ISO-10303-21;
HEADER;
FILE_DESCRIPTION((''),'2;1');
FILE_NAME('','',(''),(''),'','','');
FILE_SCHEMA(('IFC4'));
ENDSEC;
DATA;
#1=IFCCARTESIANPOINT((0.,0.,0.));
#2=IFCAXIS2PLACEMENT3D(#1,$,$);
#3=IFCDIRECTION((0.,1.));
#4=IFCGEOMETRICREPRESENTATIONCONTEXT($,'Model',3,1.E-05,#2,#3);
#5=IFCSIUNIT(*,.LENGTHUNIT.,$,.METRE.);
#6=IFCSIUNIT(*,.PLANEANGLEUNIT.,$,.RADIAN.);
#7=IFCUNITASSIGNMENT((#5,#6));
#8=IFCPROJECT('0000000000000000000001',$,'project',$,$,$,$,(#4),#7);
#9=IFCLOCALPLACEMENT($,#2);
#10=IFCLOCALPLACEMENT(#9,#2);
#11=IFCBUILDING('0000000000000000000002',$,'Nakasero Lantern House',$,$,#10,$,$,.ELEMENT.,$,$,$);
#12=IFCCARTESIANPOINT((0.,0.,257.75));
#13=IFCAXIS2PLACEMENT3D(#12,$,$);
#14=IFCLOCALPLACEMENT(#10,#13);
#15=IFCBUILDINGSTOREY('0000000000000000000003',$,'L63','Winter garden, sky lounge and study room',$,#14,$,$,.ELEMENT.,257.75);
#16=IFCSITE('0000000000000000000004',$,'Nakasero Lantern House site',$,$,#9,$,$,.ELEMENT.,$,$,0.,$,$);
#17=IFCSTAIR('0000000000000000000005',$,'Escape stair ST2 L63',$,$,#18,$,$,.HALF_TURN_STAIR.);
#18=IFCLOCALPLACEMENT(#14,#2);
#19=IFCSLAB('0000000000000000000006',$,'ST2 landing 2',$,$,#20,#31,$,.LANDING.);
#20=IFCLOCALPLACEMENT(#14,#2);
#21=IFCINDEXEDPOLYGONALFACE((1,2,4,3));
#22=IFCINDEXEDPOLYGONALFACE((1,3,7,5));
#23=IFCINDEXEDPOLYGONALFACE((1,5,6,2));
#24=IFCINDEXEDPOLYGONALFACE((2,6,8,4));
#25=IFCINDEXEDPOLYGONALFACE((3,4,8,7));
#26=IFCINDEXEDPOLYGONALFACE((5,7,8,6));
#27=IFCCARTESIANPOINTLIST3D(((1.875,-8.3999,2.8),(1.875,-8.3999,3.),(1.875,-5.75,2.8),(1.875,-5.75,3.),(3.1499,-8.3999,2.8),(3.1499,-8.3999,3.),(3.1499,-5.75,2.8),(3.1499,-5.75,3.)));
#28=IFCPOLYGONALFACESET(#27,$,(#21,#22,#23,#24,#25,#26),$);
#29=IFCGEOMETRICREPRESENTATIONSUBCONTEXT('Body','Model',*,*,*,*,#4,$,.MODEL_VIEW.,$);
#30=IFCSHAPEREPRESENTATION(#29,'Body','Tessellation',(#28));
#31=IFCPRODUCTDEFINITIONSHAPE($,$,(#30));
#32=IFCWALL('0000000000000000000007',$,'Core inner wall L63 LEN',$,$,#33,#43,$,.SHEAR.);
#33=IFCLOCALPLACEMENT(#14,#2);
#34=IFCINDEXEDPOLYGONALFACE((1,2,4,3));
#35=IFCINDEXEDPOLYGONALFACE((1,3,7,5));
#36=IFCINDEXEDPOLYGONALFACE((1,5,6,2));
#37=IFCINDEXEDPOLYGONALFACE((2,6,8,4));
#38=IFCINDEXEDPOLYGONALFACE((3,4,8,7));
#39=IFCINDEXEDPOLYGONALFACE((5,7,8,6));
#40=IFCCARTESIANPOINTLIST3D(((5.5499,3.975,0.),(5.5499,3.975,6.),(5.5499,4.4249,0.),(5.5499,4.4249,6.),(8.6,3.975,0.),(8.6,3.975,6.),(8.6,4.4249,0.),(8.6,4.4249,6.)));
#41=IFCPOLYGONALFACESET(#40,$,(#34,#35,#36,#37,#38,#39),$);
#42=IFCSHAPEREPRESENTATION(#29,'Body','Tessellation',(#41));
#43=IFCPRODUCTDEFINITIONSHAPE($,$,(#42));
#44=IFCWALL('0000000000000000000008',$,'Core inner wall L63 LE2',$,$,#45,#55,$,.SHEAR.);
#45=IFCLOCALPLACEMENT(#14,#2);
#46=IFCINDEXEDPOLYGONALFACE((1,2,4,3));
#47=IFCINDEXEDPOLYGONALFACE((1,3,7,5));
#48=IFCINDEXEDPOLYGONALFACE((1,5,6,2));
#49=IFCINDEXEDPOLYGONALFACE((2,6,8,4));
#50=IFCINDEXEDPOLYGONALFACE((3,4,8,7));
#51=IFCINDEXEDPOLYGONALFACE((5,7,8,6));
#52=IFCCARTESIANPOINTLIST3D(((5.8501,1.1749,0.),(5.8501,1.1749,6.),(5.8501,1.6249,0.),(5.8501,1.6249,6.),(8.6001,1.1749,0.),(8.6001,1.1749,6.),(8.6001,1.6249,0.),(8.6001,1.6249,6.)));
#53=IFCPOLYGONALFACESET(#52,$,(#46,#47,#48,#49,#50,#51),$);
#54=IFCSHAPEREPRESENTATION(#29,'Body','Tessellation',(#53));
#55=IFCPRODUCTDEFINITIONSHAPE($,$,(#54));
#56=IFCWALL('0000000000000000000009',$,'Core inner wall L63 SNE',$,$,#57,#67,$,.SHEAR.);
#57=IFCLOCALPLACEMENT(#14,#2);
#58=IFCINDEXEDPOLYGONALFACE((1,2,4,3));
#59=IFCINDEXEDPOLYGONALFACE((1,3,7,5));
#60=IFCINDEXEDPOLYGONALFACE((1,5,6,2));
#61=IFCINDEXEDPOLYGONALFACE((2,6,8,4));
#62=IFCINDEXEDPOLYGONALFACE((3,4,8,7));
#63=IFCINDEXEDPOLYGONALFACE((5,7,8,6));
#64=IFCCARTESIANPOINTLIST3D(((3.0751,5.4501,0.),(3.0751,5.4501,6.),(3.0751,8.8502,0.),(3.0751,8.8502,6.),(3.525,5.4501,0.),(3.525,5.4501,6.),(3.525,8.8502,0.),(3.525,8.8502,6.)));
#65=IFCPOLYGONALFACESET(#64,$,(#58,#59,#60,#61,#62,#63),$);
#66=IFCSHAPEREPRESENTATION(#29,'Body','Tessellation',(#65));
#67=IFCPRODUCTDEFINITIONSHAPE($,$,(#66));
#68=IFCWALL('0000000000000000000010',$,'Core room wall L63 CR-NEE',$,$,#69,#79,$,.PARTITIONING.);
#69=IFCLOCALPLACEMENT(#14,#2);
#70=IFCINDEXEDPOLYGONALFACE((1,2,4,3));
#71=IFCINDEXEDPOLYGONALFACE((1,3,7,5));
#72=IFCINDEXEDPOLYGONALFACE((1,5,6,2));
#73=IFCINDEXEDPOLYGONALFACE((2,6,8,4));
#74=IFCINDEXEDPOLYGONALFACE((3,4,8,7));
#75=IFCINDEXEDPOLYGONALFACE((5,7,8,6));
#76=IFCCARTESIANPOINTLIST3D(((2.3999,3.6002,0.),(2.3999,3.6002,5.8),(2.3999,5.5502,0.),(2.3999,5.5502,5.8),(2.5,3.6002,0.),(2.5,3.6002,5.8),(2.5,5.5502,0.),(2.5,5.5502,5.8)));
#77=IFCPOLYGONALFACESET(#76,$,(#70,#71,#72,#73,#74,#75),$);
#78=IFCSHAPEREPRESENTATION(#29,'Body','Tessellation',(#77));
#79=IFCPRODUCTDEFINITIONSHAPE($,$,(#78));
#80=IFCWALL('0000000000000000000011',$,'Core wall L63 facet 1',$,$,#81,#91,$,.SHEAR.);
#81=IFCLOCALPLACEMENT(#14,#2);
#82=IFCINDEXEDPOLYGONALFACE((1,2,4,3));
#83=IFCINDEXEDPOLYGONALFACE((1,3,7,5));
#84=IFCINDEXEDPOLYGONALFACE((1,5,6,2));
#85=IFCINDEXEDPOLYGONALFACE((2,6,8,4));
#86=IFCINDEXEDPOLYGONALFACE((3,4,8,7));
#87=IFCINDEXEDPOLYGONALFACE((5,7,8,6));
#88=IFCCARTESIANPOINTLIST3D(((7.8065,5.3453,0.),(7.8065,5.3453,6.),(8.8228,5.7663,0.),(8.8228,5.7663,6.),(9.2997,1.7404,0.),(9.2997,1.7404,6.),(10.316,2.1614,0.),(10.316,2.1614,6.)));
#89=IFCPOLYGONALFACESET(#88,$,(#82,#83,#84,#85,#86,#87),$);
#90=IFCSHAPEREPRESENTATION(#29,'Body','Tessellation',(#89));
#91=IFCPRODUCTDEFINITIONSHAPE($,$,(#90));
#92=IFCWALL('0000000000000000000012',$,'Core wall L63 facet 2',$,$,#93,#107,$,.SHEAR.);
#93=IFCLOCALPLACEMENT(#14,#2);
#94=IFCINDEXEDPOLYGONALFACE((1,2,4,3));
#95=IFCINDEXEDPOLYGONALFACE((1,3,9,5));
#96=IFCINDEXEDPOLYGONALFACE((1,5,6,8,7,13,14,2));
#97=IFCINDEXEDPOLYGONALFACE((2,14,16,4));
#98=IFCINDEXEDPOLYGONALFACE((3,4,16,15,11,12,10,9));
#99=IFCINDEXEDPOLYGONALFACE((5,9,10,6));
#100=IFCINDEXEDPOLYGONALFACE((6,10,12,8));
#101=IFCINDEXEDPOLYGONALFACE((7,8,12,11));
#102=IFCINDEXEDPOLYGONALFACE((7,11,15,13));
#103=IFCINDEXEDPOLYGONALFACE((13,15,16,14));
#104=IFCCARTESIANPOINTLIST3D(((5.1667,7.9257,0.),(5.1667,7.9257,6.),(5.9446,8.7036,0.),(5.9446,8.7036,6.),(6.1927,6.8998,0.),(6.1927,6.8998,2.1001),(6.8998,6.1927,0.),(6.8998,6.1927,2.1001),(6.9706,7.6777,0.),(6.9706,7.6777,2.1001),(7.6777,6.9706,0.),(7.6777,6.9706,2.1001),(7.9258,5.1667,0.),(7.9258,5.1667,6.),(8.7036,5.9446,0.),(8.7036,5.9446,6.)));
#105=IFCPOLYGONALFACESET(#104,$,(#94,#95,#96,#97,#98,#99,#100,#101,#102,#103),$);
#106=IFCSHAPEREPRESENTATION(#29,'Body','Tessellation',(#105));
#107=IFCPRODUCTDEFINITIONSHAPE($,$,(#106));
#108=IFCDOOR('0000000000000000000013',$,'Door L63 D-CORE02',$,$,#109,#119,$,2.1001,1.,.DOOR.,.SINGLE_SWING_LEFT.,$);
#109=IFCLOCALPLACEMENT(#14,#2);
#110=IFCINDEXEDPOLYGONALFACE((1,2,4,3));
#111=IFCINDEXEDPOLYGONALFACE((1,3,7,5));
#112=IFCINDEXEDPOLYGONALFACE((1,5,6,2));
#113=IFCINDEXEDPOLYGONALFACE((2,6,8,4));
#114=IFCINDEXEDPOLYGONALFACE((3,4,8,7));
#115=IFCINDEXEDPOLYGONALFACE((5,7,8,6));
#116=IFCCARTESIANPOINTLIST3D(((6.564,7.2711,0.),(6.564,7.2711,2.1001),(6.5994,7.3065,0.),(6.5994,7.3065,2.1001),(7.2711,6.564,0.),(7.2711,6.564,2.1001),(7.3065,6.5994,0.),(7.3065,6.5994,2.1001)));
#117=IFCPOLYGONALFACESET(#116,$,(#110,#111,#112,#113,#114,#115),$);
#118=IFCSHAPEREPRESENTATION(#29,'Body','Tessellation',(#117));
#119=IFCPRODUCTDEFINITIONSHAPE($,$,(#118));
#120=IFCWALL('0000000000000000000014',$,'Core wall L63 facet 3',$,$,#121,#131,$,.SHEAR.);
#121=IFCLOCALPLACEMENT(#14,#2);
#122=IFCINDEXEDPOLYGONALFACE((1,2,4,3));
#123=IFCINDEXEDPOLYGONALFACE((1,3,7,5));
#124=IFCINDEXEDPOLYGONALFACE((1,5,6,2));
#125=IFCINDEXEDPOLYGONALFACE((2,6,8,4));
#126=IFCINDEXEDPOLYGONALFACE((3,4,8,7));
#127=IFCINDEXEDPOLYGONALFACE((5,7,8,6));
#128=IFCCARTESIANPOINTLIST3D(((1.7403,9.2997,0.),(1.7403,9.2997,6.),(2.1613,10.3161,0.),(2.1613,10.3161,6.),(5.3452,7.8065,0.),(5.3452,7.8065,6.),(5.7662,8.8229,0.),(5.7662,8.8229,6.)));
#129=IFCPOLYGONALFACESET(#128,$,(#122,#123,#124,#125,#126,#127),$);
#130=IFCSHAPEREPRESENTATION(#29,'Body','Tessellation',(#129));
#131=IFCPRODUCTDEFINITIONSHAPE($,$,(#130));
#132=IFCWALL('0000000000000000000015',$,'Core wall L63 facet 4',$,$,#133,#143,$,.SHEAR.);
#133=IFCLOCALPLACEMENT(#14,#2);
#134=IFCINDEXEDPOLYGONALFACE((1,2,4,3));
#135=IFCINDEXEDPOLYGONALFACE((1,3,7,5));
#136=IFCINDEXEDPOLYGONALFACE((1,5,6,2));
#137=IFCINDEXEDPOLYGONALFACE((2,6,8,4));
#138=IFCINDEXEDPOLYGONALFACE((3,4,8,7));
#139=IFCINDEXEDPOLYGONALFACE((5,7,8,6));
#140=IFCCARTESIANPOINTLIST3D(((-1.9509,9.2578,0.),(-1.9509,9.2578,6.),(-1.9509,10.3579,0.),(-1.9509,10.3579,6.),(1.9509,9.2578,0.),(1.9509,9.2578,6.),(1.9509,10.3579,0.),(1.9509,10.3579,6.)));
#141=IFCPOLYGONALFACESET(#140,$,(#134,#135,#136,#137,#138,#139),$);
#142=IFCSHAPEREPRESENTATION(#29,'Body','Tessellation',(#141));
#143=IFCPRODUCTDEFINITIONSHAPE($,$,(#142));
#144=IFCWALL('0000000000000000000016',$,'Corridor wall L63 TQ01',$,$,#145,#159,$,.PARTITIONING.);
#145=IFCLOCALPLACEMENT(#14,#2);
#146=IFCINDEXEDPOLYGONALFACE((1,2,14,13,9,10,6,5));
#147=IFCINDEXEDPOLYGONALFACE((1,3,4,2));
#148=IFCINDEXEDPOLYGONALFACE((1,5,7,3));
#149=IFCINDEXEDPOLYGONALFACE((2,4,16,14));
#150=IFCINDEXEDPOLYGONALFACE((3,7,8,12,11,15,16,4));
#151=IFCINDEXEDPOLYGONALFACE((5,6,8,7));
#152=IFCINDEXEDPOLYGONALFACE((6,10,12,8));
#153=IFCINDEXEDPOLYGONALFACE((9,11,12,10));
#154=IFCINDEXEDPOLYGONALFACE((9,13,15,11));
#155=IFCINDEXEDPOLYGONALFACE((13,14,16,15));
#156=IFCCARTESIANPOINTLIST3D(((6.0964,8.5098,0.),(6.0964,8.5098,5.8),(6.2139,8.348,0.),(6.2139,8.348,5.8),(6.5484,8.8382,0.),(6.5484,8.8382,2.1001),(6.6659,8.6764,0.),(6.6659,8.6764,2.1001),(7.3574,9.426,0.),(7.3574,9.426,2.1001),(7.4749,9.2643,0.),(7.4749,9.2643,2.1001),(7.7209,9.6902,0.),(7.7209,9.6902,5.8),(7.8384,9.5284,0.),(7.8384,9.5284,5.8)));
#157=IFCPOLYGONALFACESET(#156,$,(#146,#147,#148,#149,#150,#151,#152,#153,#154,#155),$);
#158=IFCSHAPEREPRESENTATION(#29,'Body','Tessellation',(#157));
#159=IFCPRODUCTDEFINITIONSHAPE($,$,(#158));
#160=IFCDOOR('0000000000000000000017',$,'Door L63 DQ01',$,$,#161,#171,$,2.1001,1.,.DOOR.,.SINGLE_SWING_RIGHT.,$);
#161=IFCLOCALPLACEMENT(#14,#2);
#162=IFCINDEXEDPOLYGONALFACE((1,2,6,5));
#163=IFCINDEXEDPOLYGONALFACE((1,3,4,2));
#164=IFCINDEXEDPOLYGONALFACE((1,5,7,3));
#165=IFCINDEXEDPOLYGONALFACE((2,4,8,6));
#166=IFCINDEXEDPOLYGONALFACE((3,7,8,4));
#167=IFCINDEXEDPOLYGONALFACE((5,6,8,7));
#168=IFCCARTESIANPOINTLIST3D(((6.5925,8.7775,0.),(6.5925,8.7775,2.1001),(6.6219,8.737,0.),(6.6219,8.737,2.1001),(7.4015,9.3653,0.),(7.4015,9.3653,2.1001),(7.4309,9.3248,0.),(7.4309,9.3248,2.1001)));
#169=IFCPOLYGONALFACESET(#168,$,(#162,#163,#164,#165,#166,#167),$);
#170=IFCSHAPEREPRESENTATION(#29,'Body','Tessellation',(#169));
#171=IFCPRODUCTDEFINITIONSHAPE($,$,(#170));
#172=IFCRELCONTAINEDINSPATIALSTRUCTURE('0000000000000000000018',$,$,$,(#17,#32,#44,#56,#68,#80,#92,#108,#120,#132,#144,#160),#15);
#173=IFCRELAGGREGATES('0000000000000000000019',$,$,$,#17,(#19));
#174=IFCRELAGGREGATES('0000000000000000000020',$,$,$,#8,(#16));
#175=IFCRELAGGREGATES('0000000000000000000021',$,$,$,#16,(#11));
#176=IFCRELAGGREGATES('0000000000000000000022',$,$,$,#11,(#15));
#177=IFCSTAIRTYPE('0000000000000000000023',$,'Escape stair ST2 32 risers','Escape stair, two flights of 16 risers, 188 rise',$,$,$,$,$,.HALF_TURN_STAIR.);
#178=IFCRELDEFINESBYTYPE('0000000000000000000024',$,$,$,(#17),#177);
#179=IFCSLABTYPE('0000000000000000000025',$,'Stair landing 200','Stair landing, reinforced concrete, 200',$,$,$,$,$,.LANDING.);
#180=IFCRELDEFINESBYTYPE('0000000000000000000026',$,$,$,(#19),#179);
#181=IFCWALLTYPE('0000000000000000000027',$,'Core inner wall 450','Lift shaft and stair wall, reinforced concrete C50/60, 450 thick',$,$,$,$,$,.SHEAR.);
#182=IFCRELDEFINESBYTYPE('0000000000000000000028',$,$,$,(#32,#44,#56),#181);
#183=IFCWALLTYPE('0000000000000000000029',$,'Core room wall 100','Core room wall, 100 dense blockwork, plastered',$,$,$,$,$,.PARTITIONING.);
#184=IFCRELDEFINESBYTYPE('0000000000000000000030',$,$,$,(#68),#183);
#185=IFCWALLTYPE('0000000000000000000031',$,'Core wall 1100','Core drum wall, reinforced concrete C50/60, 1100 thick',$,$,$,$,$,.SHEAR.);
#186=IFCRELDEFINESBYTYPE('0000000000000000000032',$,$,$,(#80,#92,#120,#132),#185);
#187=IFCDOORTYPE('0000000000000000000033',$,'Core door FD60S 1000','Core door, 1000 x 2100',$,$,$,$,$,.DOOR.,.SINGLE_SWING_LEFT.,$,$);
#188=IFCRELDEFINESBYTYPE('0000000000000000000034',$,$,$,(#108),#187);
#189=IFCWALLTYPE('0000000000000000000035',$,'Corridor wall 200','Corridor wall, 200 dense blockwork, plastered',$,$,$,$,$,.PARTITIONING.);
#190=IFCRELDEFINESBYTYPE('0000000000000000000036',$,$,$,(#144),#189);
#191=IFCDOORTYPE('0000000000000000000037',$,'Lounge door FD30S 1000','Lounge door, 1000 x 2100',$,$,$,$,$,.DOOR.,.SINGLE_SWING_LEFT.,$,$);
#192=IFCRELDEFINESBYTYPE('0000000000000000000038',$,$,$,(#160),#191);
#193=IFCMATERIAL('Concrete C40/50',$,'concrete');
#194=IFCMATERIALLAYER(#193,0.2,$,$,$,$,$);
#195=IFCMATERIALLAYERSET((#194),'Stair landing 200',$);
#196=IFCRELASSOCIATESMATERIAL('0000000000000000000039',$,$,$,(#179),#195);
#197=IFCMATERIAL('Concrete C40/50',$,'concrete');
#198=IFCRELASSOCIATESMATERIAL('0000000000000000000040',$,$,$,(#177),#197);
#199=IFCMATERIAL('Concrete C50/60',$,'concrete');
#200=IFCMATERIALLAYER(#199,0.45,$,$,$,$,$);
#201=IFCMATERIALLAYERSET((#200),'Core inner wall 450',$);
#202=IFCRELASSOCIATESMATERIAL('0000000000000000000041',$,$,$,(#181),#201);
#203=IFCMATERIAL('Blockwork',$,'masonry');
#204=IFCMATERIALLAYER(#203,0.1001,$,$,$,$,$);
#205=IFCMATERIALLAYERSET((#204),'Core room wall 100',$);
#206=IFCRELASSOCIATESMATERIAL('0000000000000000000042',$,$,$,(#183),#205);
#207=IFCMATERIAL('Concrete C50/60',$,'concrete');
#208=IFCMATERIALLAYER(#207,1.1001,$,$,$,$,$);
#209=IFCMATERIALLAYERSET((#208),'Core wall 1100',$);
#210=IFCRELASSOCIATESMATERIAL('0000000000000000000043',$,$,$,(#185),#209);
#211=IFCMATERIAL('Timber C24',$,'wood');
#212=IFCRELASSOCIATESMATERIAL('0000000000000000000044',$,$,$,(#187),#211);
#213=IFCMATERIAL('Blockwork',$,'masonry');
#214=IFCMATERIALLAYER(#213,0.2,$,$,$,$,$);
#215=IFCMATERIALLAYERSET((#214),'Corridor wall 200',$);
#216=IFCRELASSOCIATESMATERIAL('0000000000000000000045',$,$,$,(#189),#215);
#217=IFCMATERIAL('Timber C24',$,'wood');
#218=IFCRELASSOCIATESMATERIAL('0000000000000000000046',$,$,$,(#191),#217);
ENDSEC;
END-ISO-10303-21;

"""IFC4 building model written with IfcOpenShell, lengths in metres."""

from ifc_helpers import new_model, si_unit, direction, frame, frame_2d, origin, place, context, subcontext, project, spatial, polyline, rectangle, outline, extrude, material, layer, layer_set, type_object, element, fill, aggregate, save


model = new_model("IFC4")

# Units and contexts
model_context = context("Model", 3, precision=1e-05, world=origin(), true_north=direction((0.0, 1.0)))
body_context = subcontext(model_context, "Body", "Model", "MODEL_VIEW")
ifc_project = project(units=[si_unit("LENGTHUNIT", "METRE"), si_unit("PLANEANGLEUNIT", "RADIAN")], contexts=[model_context])

# Site, building, storey
site_placement = place(None, origin())
site = spatial("IfcSite", under=ifc_project, at=site_placement, Name="Nakasero Lantern House site", CompositionType="ELEMENT", RefElevation=0.0)
building_placement = place(site_placement, origin())
building = spatial("IfcBuilding", under=site, at=building_placement, Name="Nakasero Lantern House", CompositionType="ELEMENT")
storey_placement = place(building_placement, frame((0.0, 0.0, 257.75)))
storey = spatial("IfcBuildingStorey", under=building, at=storey_placement, Name="L63", Description="Winter garden, sky lounge and study room", CompositionType="ELEMENT", Elevation=257.75)

# Stair, slab
ifc_material_1 = material(Name="Concrete C40/50", Category="concrete")
ifc_layer_1 = layer(ifc_material_1, 0.2)
ifc_layer_set_1 = layer_set([ifc_layer_1], Name="Stair landing 200")
slab_type = type_object("IfcSlabType", Name="Stair landing 200", Description="Stair landing, reinforced concrete, 200", PredefinedType="LANDING", material=ifc_layer_set_1)
ifc_material_2 = material(Name="Concrete C40/50", Category="concrete")
stair_type_1 = type_object("IfcStairType", Name="Escape stair ST2 32 risers", Description="Escape stair, two flights of 16 risers, 188 rise", PredefinedType="HALF_TURN_STAIR", material=ifc_material_2)
stair_1_placement = place(storey_placement, origin())
stair_1 = element("IfcStair", 1, at=stair_1_placement, inside=storey, type_object=stair_type_1, Name="Escape stair ST2 L63", PredefinedType="HALF_TURN_STAIR")
slab_1_placement = place(storey_placement, frame((0.0, 0.0, 2.8)))
slab_1 = element("IfcSlab", 2, at=slab_1_placement, type_object=slab_type, Name="ST2 landing 2", PredefinedType="LANDING", context=body_context, shape_type="SweptSolid", body=[
    extrude(outline(polyline([(1.875, -8.3999), (3.1499, -8.3999), (3.1499, -5.75), (1.875, -5.75), (1.875, -8.3999)])), origin(), (0.0, 0.0, 1.0), 0.2),
])
aggregate(stair_1, [slab_1])

# Walls
ifc_material_3 = material(Name="Concrete C50/60", Category="concrete")
ifc_layer_2 = layer(ifc_material_3, 0.45)
ifc_layer_set_2 = layer_set([ifc_layer_2], Name="Core inner wall 450")
wall_type_1 = type_object("IfcWallType", Name="Core inner wall 450", Description="Lift shaft and stair wall, reinforced concrete C50/60, 450 thick", PredefinedType="SHEAR", material=ifc_layer_set_2)
wall_1_placement = place(storey_placement, frame((5.55, 4.2, 0.0), z_axis=(0.0, 0.0, 1.0), x_axis=(1.0, 0.0, 0.0)))
element("IfcWall", 3, at=wall_1_placement, inside=storey, type_object=wall_type_1, Name="Core inner wall L63 LEN", PredefinedType="SHEAR", context=body_context, shape_type="SweptSolid", body=[
    extrude(rectangle(XDim=3.05, YDim=0.45, at=frame_2d((1.5249, 0.0))), origin(), (0.0, 0.0, 1.0), 6.0),
])
wall_2_placement = place(storey_placement, frame((5.8501, 1.3999, 0.0), z_axis=(0.0, 0.0, 1.0), x_axis=(1.0, 0.0, 0.0)))
element("IfcWall", 4, at=wall_2_placement, inside=storey, type_object=wall_type_1, Name="Core inner wall L63 LE2", PredefinedType="SHEAR", context=body_context, shape_type="SweptSolid", body=[
    extrude(rectangle(XDim=2.75, YDim=0.45, at=frame_2d((1.375, 0.0))), origin(), (0.0, 0.0, 1.0), 6.0),
])
wall_3_placement = place(storey_placement, frame((3.3, 5.45, 0.0), z_axis=(0.0, 0.0, 1.0), x_axis=(0.0, 1.0, 0.0)))
element("IfcWall", 5, at=wall_3_placement, inside=storey, type_object=wall_type_1, Name="Core inner wall L63 SNE", PredefinedType="SHEAR", context=body_context, shape_type="SweptSolid", body=[
    extrude(rectangle(XDim=3.4001, YDim=0.45, at=frame_2d((1.7002, 0.0))), origin(), (0.0, 0.0, 1.0), 6.0),
])
ifc_material_4 = material(Name="Blockwork", Category="masonry")
ifc_layer_3 = layer(ifc_material_4, 0.1001)
ifc_layer_set_3 = layer_set([ifc_layer_3], Name="Core room wall 100")
wall_type_2 = type_object("IfcWallType", Name="Core room wall 100", Description="Core room wall, 100 dense blockwork, plastered", PredefinedType="PARTITIONING", material=ifc_layer_set_3)
wall_4_placement = place(storey_placement, frame((2.45, 3.6001, 0.0), z_axis=(0.0, 0.0, 1.0), x_axis=(0.0, 1.0, 0.0)))
element("IfcWall", 6, at=wall_4_placement, inside=storey, type_object=wall_type_2, Name="Core room wall L63 CR-NEE", PredefinedType="PARTITIONING", context=body_context, shape_type="SweptSolid", body=[
    extrude(rectangle(XDim=1.95, YDim=0.1001, at=frame_2d((0.9751, 0.0))), origin(), (0.0, 0.0, 1.0), 5.8),
])
ifc_material_5 = material(Name="Concrete C50/60", Category="concrete")
ifc_layer_4 = layer(ifc_material_5, 1.1001)
ifc_layer_set_4 = layer_set([ifc_layer_4], Name="Core wall 1100")
wall_type_3 = type_object("IfcWallType", Name="Core wall 1100", Description="Core drum wall, reinforced concrete C50/60, 1100 thick", PredefinedType="SHEAR", material=ifc_layer_set_4)
wall_5_placement = place(storey_placement, frame((9.8079, 1.9509, 0.0), z_axis=(0.0, 0.0, 1.0), x_axis=(-0.382691, 0.923877, 0.0)))
element("IfcWall", 7, at=wall_5_placement, inside=storey, type_object=wall_type_3, Name="Core wall L63 facet 1", PredefinedType="SHEAR", context=body_context, shape_type="SweptSolid", body=[
    extrude(rectangle(XDim=3.9019, YDim=1.1001, at=frame_2d((1.9509, 0.0))), origin(), (0.0, 0.0, 1.0), 6.0),
])

# Wall, opening, door
wall_6_placement = place(storey_placement, frame((8.3147, 5.5557, 0.0), z_axis=(0.0, 0.0, 1.0), x_axis=(-0.707107, 0.707107, 0.0)))
wall_6 = element("IfcWall", 8, at=wall_6_placement, inside=storey, type_object=wall_type_3, Name="Core wall L63 facet 2", PredefinedType="SHEAR", context=body_context, shape_type="SweptSolid", body=[
    extrude(rectangle(XDim=3.9019, YDim=1.1001, at=frame_2d((1.9509, 0.0))), origin(), (0.0, 0.0, 1.0), 6.0),
])
opening_1_placement = place(wall_6_placement, frame((1.4509, 0.0, 0.0)))
opening_1 = element("IfcOpeningElement", 9, at=opening_1_placement, cuts=wall_6, PredefinedType="OPENING", context=body_context, shape_type="SweptSolid", body=[
    extrude(rectangle(XDim=1.0, YDim=2.1001, at=frame_2d((0.5, 1.05))), frame((0.0, 0.5701, 0.0), z_axis=(0.0, -1.0, 0.0), x_axis=(1.0, 0.0, 0.0)), (0.0, 0.0, 1.0), 1.1401),
])
ifc_material_6 = material(Name="Timber C24", Category="wood")
door_type_1 = type_object("IfcDoorType", Name="Core door FD60S 1000", Description="Core door, 1000 x 2100", OperationType="SINGLE_SWING_LEFT", PredefinedType="DOOR", material=ifc_material_6)
door_1_placement = place(opening_1_placement, origin())
door_1 = element("IfcDoor", 10, at=door_1_placement, inside=storey, type_object=door_type_1, Name="Door L63 D-CORE02", OperationType="SINGLE_SWING_LEFT", OverallHeight=2.1001, OverallWidth=1.0, PredefinedType="DOOR", context=body_context, shape_type="SweptSolid", body=[
    extrude(rectangle(XDim=1.0, YDim=2.1001, at=frame_2d((0.5, 1.05))), frame((0.0, 0.0249, 0.0), z_axis=(0.0, -1.0, 0.0), x_axis=(1.0, 0.0, 0.0)), (0.0, 0.0, 1.0), 0.05),
])
fill(opening_1, door_1)

# Walls
for number, where, z_axis, x_axis, name in (
    (11, (5.5557, 8.3147, 0.0), (0.0, 0.0, 1.0), (-0.923877, 0.382691, 0.0), "Core wall L63 facet 3"),
    (12, (1.9509, 9.8079, 0.0), (0.0, 0.0, 1.0), (-1.0, 0.0, 0.0), "Core wall L63 facet 4"),
):
    element("IfcWall", number, at=place(storey_placement, frame(where, z_axis=z_axis, x_axis=x_axis)), inside=storey, type_object=wall_type_3, Name=name, PredefinedType="SHEAR", context=body_context, shape_type="SweptSolid", body=[
        extrude(rectangle(XDim=3.9019, YDim=1.1001, at=frame_2d((1.9509, 0.0))), origin(), (0.0, 0.0, 1.0), 6.0),
    ])

# Wall, opening, door
ifc_material_7 = material(Name="Blockwork", Category="masonry")
ifc_layer_5 = layer(ifc_material_7, 0.2)
ifc_layer_set_5 = layer_set([ifc_layer_5], Name="Corridor wall 200")
wall_type_4 = type_object("IfcWallType", Name="Corridor wall 200", Description="Corridor wall, 200 dense blockwork, plastered", PredefinedType="PARTITIONING", material=ifc_layer_set_5)
wall_7_placement = place(storey_placement, frame((6.1553, 8.429, 0.0), z_axis=(0.0, 0.0, 1.0), x_axis=(0.808983, 0.587832, 0.0)))
wall_7 = element("IfcWall", 13, at=wall_7_placement, inside=storey, type_object=wall_type_4, Name="Corridor wall L63 TQ01", PredefinedType="PARTITIONING", context=body_context, shape_type="SweptSolid", body=[
    extrude(rectangle(XDim=2.0081, YDim=0.2, at=frame_2d((1.0039, 0.0))), origin(), (0.0, 0.0, 1.0), 5.8),
])
opening_2_placement = place(wall_7_placement, frame((0.5586, 0.0, 0.0)))
opening_2 = element("IfcOpeningElement", 14, at=opening_2_placement, cuts=wall_7, PredefinedType="OPENING", context=body_context, shape_type="SweptSolid", body=[
    extrude(rectangle(XDim=1.0, YDim=2.1001, at=frame_2d((0.5, 1.05))), frame((0.0, 0.1199, 0.0), z_axis=(0.0, -1.0, 0.0), x_axis=(1.0, 0.0, 0.0)), (0.0, 0.0, 1.0), 0.24),
])
ifc_material_8 = material(Name="Timber C24", Category="wood")
door_type_2 = type_object("IfcDoorType", Name="Lounge door FD30S 1000", Description="Lounge door, 1000 x 2100", OperationType="SINGLE_SWING_LEFT", PredefinedType="DOOR", material=ifc_material_8)
door_2_placement = place(opening_2_placement, origin())
door_2 = element("IfcDoor", 15, at=door_2_placement, inside=storey, type_object=door_type_2, Name="Door L63 DQ01", OperationType="SINGLE_SWING_RIGHT", OverallHeight=2.1001, OverallWidth=1.0, PredefinedType="DOOR", context=body_context, shape_type="SweptSolid", body=[
    extrude(rectangle(XDim=1.0, YDim=2.1001, at=frame_2d((0.5, 1.05))), frame((0.0, 0.0249, 0.0), z_axis=(0.0, -1.0, 0.0), x_axis=(1.0, 0.0, 0.0)), (0.0, 0.0, 1.0), 0.05),
])
fill(opening_2, door_2)

save(model, "model.ifc")
